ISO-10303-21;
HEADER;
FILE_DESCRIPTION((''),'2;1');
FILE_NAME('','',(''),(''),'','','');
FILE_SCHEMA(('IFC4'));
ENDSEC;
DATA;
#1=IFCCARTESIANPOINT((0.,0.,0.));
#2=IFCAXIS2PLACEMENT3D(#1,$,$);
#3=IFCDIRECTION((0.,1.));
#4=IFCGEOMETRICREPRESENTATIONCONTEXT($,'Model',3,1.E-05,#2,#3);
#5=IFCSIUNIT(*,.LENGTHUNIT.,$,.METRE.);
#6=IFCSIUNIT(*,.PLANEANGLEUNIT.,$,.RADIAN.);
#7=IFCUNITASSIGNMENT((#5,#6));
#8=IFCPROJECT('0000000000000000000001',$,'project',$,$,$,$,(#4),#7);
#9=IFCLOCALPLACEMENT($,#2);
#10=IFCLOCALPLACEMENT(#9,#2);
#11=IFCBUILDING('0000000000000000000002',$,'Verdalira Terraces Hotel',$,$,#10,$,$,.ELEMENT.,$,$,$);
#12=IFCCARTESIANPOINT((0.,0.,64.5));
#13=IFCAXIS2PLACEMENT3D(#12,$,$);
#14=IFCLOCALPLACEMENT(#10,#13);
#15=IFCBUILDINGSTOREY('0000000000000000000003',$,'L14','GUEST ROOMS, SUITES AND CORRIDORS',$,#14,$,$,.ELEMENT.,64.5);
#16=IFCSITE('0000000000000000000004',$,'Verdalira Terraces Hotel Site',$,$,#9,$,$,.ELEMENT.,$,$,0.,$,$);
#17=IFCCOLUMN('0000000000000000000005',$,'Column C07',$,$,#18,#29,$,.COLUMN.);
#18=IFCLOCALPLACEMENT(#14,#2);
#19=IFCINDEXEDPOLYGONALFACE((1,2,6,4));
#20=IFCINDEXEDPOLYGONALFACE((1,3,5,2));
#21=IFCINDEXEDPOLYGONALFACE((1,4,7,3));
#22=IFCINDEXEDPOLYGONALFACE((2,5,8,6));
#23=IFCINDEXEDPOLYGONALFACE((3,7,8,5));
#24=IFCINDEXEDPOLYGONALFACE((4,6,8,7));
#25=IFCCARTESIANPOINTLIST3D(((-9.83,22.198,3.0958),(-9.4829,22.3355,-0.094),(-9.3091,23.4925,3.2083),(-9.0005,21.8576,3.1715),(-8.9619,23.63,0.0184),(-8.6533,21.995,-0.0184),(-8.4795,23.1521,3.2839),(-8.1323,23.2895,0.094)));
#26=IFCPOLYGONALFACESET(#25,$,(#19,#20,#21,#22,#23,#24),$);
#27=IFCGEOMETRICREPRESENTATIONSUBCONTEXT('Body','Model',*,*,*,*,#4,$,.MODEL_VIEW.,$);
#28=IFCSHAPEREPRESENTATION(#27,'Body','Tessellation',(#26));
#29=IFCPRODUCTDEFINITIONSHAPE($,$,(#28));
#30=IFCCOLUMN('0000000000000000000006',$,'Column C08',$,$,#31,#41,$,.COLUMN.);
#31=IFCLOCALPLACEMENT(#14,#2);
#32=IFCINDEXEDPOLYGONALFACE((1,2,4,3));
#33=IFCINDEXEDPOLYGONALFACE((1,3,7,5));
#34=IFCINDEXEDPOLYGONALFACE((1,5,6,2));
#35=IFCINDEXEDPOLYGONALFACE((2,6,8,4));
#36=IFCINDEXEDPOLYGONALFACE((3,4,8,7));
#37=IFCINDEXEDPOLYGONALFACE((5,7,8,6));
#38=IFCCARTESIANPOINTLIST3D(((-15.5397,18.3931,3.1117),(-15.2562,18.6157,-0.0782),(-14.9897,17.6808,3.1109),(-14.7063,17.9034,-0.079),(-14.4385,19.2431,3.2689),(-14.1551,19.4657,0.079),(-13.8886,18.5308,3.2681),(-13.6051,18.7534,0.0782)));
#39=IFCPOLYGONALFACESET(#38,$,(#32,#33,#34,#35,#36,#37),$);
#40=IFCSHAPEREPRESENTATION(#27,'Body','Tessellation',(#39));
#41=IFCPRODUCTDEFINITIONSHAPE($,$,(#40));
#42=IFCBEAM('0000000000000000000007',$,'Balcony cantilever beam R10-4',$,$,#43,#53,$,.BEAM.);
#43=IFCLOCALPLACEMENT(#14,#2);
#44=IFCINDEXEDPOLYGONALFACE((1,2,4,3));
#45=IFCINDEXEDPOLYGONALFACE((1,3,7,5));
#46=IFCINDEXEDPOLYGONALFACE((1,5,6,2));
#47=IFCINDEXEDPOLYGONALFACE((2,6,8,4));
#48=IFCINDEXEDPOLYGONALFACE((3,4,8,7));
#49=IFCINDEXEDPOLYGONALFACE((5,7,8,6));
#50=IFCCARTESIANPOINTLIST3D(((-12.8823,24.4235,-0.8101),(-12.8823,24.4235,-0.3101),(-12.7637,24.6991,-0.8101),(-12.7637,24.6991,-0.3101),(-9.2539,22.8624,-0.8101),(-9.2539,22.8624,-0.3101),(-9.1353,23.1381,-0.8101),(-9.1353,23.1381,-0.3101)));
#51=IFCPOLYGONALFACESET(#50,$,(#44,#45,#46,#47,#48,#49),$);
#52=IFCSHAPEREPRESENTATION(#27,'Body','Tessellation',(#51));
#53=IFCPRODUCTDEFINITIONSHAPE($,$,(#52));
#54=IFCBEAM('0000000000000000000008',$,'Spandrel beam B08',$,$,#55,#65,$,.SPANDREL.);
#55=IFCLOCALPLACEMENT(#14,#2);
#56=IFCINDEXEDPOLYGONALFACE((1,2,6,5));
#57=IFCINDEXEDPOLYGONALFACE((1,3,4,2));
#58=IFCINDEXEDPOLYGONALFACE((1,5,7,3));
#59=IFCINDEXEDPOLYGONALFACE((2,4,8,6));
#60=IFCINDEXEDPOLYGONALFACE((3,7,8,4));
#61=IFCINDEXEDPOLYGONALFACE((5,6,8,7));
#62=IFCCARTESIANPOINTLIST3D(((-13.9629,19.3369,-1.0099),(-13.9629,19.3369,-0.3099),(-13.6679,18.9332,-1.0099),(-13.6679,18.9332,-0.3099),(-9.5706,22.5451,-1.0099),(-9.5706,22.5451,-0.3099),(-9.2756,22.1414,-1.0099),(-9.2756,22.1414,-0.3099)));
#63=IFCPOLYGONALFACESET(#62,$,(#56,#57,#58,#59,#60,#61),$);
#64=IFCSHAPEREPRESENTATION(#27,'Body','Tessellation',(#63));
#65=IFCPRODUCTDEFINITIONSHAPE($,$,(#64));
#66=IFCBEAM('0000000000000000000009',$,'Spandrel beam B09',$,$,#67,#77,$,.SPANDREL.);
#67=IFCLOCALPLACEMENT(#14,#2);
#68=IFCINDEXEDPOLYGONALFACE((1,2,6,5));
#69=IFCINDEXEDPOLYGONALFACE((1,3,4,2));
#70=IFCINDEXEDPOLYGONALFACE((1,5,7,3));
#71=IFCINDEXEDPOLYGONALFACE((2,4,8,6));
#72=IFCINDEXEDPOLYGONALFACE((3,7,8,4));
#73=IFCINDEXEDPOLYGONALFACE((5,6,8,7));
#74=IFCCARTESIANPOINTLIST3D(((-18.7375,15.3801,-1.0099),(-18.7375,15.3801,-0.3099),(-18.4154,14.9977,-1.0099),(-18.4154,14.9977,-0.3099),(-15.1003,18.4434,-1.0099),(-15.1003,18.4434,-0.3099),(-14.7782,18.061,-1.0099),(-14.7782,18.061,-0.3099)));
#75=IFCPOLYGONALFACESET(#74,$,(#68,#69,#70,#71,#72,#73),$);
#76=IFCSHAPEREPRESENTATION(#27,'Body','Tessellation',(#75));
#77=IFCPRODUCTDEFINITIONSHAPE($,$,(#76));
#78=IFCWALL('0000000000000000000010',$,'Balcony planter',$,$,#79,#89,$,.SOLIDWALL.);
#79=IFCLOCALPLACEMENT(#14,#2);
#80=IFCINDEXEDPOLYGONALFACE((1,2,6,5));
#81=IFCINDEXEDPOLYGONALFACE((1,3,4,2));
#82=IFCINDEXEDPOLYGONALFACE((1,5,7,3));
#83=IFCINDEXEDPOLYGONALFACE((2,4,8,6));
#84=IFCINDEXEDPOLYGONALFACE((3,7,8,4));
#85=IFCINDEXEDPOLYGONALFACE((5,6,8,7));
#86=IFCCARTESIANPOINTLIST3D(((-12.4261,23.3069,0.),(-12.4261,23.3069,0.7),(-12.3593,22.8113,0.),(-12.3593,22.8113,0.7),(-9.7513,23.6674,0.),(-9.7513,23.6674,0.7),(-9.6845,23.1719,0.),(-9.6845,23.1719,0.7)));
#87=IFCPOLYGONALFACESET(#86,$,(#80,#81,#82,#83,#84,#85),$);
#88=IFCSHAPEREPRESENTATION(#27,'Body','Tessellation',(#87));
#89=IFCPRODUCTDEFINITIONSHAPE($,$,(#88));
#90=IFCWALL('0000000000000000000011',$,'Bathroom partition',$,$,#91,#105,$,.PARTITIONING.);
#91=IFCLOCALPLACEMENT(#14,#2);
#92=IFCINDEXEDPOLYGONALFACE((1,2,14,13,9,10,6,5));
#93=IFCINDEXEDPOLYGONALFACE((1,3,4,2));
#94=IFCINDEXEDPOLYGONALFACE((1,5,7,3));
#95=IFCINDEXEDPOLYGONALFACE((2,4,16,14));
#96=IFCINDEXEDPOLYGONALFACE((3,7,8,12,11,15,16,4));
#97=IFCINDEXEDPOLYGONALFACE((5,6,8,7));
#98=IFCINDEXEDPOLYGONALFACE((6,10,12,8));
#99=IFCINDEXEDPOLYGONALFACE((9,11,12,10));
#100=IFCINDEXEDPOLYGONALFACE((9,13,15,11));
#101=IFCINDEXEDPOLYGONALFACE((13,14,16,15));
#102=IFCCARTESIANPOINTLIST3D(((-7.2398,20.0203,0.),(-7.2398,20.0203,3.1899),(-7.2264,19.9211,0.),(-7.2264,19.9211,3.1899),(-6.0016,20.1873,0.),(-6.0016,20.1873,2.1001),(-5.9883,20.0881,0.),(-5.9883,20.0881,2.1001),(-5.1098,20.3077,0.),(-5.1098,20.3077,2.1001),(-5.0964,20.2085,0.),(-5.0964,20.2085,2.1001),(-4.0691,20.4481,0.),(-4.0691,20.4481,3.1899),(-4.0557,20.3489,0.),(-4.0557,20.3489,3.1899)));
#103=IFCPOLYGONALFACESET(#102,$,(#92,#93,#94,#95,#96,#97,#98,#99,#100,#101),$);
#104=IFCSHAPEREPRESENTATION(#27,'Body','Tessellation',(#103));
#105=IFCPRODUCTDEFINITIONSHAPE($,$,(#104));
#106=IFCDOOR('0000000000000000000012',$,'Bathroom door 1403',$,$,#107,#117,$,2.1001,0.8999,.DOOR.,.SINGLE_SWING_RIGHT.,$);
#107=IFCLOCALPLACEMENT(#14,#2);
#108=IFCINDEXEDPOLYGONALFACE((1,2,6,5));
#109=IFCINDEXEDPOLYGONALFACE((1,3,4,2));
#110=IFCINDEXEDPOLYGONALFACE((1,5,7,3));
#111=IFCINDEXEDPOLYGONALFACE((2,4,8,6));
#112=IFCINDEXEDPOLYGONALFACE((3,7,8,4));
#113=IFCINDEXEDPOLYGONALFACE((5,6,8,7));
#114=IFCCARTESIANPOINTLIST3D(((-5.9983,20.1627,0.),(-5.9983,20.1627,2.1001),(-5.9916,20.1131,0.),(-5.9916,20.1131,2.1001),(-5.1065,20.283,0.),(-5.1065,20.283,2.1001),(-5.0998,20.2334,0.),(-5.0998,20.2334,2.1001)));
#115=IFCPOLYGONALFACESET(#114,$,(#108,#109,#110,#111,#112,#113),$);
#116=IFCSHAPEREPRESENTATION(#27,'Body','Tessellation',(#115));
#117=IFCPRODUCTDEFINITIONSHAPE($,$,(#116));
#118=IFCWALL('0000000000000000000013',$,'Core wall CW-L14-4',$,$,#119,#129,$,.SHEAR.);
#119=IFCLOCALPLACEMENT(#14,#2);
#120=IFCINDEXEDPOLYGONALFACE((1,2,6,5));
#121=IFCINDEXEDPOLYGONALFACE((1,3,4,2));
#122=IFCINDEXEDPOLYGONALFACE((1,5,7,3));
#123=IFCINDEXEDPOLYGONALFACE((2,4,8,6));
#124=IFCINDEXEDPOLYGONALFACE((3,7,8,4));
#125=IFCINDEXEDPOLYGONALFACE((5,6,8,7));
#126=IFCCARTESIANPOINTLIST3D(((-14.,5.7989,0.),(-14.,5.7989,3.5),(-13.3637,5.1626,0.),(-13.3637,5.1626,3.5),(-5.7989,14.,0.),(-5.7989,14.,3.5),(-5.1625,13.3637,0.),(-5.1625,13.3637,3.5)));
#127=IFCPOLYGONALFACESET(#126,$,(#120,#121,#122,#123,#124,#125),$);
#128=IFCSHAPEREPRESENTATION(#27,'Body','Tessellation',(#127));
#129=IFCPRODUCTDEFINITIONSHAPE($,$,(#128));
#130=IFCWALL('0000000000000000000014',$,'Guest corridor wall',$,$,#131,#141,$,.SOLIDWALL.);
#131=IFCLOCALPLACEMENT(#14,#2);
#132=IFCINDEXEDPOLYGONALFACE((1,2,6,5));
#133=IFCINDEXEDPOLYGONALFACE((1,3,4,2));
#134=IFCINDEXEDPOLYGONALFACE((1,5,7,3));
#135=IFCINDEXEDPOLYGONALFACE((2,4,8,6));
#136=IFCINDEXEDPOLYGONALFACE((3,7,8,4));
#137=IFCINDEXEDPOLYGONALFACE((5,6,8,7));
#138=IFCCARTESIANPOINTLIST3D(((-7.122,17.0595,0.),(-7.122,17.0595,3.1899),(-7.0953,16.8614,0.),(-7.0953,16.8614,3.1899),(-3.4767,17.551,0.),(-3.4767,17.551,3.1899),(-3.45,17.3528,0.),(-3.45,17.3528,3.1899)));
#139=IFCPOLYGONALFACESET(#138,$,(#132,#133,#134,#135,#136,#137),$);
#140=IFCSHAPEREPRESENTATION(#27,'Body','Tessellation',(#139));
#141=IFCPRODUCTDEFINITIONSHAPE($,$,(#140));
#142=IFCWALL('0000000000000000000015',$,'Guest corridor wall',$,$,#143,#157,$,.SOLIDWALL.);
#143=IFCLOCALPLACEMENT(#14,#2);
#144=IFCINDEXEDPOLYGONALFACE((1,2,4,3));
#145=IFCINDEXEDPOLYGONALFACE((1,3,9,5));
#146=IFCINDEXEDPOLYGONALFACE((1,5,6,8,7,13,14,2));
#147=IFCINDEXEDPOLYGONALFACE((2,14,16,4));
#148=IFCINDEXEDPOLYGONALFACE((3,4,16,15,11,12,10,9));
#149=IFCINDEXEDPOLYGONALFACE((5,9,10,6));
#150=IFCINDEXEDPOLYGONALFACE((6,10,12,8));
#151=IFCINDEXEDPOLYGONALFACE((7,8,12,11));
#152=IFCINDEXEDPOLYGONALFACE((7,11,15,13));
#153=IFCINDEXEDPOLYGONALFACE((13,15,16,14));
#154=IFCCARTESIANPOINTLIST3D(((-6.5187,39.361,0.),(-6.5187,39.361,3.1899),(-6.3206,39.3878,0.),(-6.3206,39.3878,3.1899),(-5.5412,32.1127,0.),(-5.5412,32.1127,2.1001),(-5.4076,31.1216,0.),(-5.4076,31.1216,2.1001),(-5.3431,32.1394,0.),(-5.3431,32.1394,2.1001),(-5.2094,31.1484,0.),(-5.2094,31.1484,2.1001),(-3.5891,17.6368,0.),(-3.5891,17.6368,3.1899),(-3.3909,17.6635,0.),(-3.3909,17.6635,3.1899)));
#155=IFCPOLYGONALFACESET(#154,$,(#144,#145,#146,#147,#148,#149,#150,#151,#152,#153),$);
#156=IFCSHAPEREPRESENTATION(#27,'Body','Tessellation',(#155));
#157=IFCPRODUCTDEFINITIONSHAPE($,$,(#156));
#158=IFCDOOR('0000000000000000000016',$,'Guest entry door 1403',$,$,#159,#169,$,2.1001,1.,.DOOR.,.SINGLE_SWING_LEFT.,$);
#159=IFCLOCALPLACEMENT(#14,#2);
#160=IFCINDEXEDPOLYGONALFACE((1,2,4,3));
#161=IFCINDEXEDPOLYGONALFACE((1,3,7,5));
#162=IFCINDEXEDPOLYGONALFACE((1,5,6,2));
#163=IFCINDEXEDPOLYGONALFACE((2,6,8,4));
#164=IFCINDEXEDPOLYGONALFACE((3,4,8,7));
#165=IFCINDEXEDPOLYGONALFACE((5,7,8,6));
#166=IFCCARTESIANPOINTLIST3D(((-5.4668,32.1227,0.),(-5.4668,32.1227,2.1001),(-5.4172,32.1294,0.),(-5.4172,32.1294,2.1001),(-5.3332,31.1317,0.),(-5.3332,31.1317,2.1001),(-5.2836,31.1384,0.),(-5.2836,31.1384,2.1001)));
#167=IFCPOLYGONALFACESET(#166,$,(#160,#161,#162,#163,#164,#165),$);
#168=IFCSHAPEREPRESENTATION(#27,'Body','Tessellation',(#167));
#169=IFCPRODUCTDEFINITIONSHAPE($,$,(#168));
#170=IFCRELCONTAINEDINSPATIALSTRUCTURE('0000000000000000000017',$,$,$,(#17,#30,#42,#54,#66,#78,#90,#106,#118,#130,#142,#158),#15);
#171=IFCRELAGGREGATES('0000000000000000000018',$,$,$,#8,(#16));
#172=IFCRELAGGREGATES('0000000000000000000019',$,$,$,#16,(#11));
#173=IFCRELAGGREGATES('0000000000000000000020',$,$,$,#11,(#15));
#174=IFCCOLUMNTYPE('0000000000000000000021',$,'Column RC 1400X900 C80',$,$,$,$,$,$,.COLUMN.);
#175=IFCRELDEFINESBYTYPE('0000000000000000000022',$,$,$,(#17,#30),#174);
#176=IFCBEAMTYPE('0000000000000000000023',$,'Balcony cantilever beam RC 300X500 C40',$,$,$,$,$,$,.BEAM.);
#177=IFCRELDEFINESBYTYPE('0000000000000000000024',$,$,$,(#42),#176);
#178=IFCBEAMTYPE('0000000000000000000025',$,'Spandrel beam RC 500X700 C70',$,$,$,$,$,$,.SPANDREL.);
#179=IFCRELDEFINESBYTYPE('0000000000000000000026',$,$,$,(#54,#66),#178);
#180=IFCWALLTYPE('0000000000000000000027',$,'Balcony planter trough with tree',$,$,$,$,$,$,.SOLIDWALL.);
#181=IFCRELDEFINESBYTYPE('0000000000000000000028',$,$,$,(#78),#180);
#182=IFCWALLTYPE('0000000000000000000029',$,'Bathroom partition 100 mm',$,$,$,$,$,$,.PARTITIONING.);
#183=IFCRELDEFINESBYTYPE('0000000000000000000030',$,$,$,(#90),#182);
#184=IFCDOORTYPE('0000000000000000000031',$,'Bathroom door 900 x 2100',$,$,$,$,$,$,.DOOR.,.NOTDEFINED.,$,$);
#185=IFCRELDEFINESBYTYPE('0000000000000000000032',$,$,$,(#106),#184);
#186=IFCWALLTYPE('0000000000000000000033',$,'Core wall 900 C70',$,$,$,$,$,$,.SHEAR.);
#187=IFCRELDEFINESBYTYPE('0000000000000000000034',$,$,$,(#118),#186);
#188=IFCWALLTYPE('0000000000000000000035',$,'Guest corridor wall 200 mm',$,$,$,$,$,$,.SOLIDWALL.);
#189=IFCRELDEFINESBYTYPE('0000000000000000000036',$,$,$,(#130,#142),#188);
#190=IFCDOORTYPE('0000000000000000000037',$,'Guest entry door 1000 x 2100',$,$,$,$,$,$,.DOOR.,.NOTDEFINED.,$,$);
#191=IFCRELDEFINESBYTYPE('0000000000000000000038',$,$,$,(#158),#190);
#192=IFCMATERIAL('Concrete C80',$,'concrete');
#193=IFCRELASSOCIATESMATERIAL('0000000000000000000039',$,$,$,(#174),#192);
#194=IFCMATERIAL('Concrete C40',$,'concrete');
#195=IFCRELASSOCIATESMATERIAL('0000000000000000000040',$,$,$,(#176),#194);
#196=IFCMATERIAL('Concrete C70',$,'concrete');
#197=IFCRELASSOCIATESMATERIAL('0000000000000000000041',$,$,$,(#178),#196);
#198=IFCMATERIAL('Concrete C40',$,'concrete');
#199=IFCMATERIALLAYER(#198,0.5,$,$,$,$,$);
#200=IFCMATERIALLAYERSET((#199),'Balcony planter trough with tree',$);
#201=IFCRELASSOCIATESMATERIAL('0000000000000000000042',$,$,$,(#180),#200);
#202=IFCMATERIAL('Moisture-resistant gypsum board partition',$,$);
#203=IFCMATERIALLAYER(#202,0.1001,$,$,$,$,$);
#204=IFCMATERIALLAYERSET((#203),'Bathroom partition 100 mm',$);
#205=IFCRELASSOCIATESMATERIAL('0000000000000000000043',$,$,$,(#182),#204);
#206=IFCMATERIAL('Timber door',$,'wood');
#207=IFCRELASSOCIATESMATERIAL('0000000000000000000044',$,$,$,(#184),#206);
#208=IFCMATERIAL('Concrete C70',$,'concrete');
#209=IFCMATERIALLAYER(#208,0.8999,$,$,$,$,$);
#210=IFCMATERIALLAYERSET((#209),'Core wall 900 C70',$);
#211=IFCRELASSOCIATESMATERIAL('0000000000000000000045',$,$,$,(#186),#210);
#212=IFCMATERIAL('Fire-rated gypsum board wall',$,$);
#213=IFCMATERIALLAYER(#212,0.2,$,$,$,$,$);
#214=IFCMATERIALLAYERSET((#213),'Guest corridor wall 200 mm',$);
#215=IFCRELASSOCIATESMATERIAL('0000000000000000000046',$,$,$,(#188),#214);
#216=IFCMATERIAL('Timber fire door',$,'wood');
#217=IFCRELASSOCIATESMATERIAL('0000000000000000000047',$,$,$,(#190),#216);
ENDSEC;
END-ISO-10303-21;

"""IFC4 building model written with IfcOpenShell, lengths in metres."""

from ifc_helpers import new_model, si_unit, direction, frame, frame_2d, origin, origin_2d, place, context, subcontext, project, spatial, rectangle, extrude, material, layer, layer_set, material_profile, profile_set, type_object, element, fill, save


model = new_model("IFC4")

# Units and contexts
model_context = context("Model", 3, precision=1e-05, world=origin(), true_north=direction((0.0, 1.0)))
body_context = subcontext(model_context, "Body", "Model", "MODEL_VIEW")
ifc_project = project(units=[si_unit("LENGTHUNIT", "METRE"), si_unit("PLANEANGLEUNIT", "RADIAN")], contexts=[model_context])

# Site, building, storey
site_placement = place(None, origin())
site = spatial("IfcSite", under=ifc_project, at=site_placement, Name="Verdalira Terraces Hotel Site", CompositionType="ELEMENT", RefElevation=0.0)
building_placement = place(site_placement, origin())
building = spatial("IfcBuilding", under=site, at=building_placement, Name="Verdalira Terraces Hotel", CompositionType="ELEMENT")
storey_placement = place(building_placement, frame((0.0, 0.0, 64.5)))
storey = spatial("IfcBuildingStorey", under=building, at=storey_placement, Name="L14", Description="GUEST ROOMS, SUITES AND CORRIDORS", CompositionType="ELEMENT", Elevation=64.5)

# Columns
ifc_material_1 = material(Name="Concrete C80", Category="concrete")
ifc_material_profile_1 = material_profile(ifc_material_1, rectangle(XDim=1.3999, YDim=0.8999, at=origin_2d()), Name="RC 1400X900")
ifc_profile_set_1 = profile_set([ifc_material_profile_1], Name="Concrete C80")
column_type = type_object("IfcColumnType", Name="Column RC 1400X900 C80", PredefinedType="COLUMN", material=ifc_profile_set_1)
column_1_placement = place(storey_placement, frame((-8.8076, 22.8125, 0.0), z_axis=(-0.108094, -0.042797, 0.993219), x_axis=(0.372136, 0.924694, 0.080344)))
element("IfcColumn", 1, at=column_1_placement, inside=storey, type_object=column_type, Name="Column C07", PredefinedType="COLUMN", context=body_context, shape_type="SweptSolid", body=[
    extrude(rectangle(XDim=1.3999, YDim=0.8999, at=origin_2d()), origin(), (0.0, 0.0, 1.0), 3.2117),
])
column_2_placement = place(storey_placement, frame((-14.4307, 18.6846, 0.0), z_axis=(-0.088295, -0.069358, 0.993677), x_axis=(-0.786597, -0.607173, -0.112275)))
element("IfcColumn", 2, at=column_2_placement, inside=storey, type_object=column_type, Name="Column C08", PredefinedType="COLUMN", context=body_context, shape_type="SweptSolid", body=[
    extrude(rectangle(XDim=1.3999, YDim=0.8999, at=origin_2d()), origin(), (0.0, 0.0, 1.0), 3.2102),
])

# Beams
ifc_material_2 = material(Name="Concrete C40", Category="concrete")
ifc_material_profile_2 = material_profile(ifc_material_2, rectangle(XDim=0.3, YDim=0.5, at=origin_2d()), Name="RC 300X500")
ifc_profile_set_2 = profile_set([ifc_material_profile_2], Name="Concrete C40")
beam_type_1 = type_object("IfcBeamType", Name="Balcony cantilever beam RC 300X500 C40", PredefinedType="BEAM", material=ifc_profile_set_2)
beam_1_placement = place(storey_placement, frame((-9.1946, 23.0002, -0.5601), z_axis=(-0.918594, 0.395202, 0.0), x_axis=(-0.395202, -0.918594, 0.0)))
element("IfcBeam", 3, at=beam_1_placement, inside=storey, type_object=beam_type_1, Name="Balcony cantilever beam R10-4", PredefinedType="BEAM", context=body_context, shape_type="SweptSolid", body=[
    extrude(rectangle(XDim=0.3, YDim=0.5, at=origin_2d()), origin(), (0.0, 0.0, 1.0), 3.95),
])
ifc_material_3 = material(Name="Concrete C70", Category="concrete")
ifc_material_profile_3 = material_profile(ifc_material_3, rectangle(XDim=0.5, YDim=0.7, at=origin_2d()), Name="RC 500X700")
ifc_profile_set_3 = profile_set([ifc_material_profile_3], Name="Concrete C70")
beam_type_2 = type_object("IfcBeamType", Name="Spandrel beam RC 500X700 C70", PredefinedType="SPANDREL", material=ifc_profile_set_3)
beam_2_placement = place(storey_placement, frame((-9.4231, 22.3433, -0.6599), z_axis=(-0.807525, -0.589833, 0.0), x_axis=(0.589833, -0.807525, 0.0)))
element("IfcBeam", 4, at=beam_2_placement, inside=storey, type_object=beam_type_2, Name="Spandrel beam B08", PredefinedType="SPANDREL", context=body_context, shape_type="SweptSolid", body=[
    extrude(rectangle(XDim=0.5, YDim=0.7, at=origin_2d()), origin(), (0.0, 0.0, 1.0), 5.4392),
])
beam_3_placement = place(storey_placement, frame((-14.9392, 18.2522, -0.6599), z_axis=(-0.764878, -0.644175, 0.0), x_axis=(0.644175, -0.764878, 0.0)))
element("IfcBeam", 5, at=beam_3_placement, inside=storey, type_object=beam_type_2, Name="Spandrel beam B09", PredefinedType="SPANDREL", context=body_context, shape_type="SweptSolid", body=[
    extrude(rectangle(XDim=0.5, YDim=0.7, at=origin_2d()), origin(), (0.0, 0.0, 1.0), 4.7554),
])

# Wall
ifc_material_4 = material(Name="Concrete C40", Category="concrete")
ifc_layer_1 = layer(ifc_material_4, 0.5)
ifc_layer_set_1 = layer_set([ifc_layer_1], Name="Balcony planter trough with tree")
wall_type_1 = type_object("IfcWallType", Name="Balcony planter trough with tree", PredefinedType="SOLIDWALL", material=ifc_layer_set_1)
wall_1_placement = place(storey_placement, frame((-12.3928, 23.0591, 0.0), z_axis=(0.0, 0.0, 1.0), x_axis=(0.991035, 0.133603, 0.0)))
element("IfcWall", 6, at=wall_1_placement, inside=storey, type_object=wall_type_1, Name="Balcony planter", PredefinedType="SOLIDWALL", context=body_context, shape_type="SweptSolid", body=[
    extrude(rectangle(XDim=2.699, YDim=0.5, at=frame_2d((1.3496, 0.0))), origin(), (0.0, 0.0, 1.0), 0.7),
])

# Wall, opening, door
ifc_material_5 = material(Name="Moisture-resistant gypsum board partition")
ifc_layer_2 = layer(ifc_material_5, 0.1001)
ifc_layer_set_2 = layer_set([ifc_layer_2], Name="Bathroom partition 100 mm")
wall_type_2 = type_object("IfcWallType", Name="Bathroom partition 100 mm", PredefinedType="PARTITIONING", material=ifc_layer_set_2)
wall_2_placement = place(storey_placement, frame((-4.0625, 20.3984, 0.0), z_axis=(0.0, 0.0, 1.0), x_axis=(-0.991023, -0.133693, 0.0)))
wall_2 = element("IfcWall", 7, at=wall_2_placement, inside=storey, type_object=wall_type_2, Name="Bathroom partition", PredefinedType="PARTITIONING", context=body_context, shape_type="SweptSolid", body=[
    extrude(rectangle(XDim=3.1995, YDim=0.1001, at=frame_2d((1.5996, 0.0))), origin(), (0.0, 0.0, 1.0), 3.1899),
])
opening_1_placement = place(wall_2_placement, frame((1.05, 0.0, 0.0)))
opening_1 = element("IfcOpeningElement", 8, at=opening_1_placement, cuts=wall_2, PredefinedType="OPENING", context=body_context, shape_type="SweptSolid", body=[
    extrude(rectangle(XDim=0.8999, YDim=2.1001, at=frame_2d((0.45, 1.05))), frame((0.0, 0.0601, 0.0), z_axis=(0.0, -1.0, 0.0), x_axis=(1.0, 0.0, 0.0)), (0.0, 0.0, 1.0), 0.1201),
])
ifc_material_6 = material(Name="Timber door", Category="wood")
door_type_1 = type_object("IfcDoorType", Name="Bathroom door 900 x 2100", OperationType="NOTDEFINED", PredefinedType="DOOR", material=ifc_material_6)
door_1_placement = place(opening_1_placement, origin())
door_1 = element("IfcDoor", 9, at=door_1_placement, inside=storey, type_object=door_type_1, Name="Bathroom door 1403", OperationType="SINGLE_SWING_RIGHT", OverallHeight=2.1001, OverallWidth=0.8999, PredefinedType="DOOR", context=body_context, shape_type="SweptSolid", body=[
    extrude(rectangle(XDim=0.8999, YDim=2.1001, at=frame_2d((0.45, 1.05))), frame((0.0, 0.0249, 0.0), z_axis=(0.0, -1.0, 0.0), x_axis=(1.0, 0.0, 0.0)), (0.0, 0.0, 1.0), 0.05),
])
fill(opening_1, door_1)

# Walls
ifc_material_7 = material(Name="Concrete C70", Category="concrete")
ifc_layer_3 = layer(ifc_material_7, 0.8999)
ifc_layer_set_3 = layer_set([ifc_layer_3], Name="Core wall 900 C70")
wall_type_3 = type_object("IfcWallType", Name="Core wall 900 C70", PredefinedType="SHEAR", material=ifc_layer_set_3)
wall_3_placement = place(storey_placement, frame((-5.4807, 13.6819, 0.0), z_axis=(0.0, 0.0, 1.0), x_axis=(-0.707107, -0.707107, 0.0)))
element("IfcWall", 10, at=wall_3_placement, inside=storey, type_object=wall_type_3, Name="Core wall CW-L14-4", PredefinedType="SHEAR", context=body_context, shape_type="SweptSolid", body=[
    extrude(rectangle(XDim=11.5981, YDim=0.8999, at=frame_2d((5.7991, 0.0))), origin(), (0.0, 0.0, 1.0), 3.5),
])
ifc_material_8 = material(Name="Fire-rated gypsum board wall")
ifc_layer_4 = layer(ifc_material_8, 0.2)
ifc_layer_set_4 = layer_set([ifc_layer_4], Name="Guest corridor wall 200 mm")
wall_type_4 = type_object("IfcWallType", Name="Guest corridor wall 200 mm", PredefinedType="SOLIDWALL", material=ifc_layer_set_4)
wall_4_placement = place(storey_placement, frame((-3.4634, 17.4519, 0.0), z_axis=(0.0, 0.0, 1.0), x_axis=(-0.991034, -0.133611, 0.0)))
element("IfcWall", 11, at=wall_4_placement, inside=storey, type_object=wall_type_4, Name="Guest corridor wall", PredefinedType="SOLIDWALL", context=body_context, shape_type="SweptSolid", body=[
    extrude(rectangle(XDim=3.6782, YDim=0.2, at=frame_2d((1.8391, 0.0))), origin(), (0.0, 0.0, 1.0), 3.1899),
])

# Wall, opening, door
wall_5_placement = place(storey_placement, frame((-3.49, 17.6501, 0.0), z_axis=(0.0, 0.0, 1.0), x_axis=(-0.133647, 0.991029, 0.0)))
wall_5 = element("IfcWall", 12, at=wall_5_placement, inside=storey, type_object=wall_type_4, Name="Guest corridor wall", PredefinedType="SOLIDWALL", context=body_context, shape_type="SweptSolid", body=[
    extrude(rectangle(XDim=21.9209, YDim=0.2, at=frame_2d((10.9604, 0.0))), origin(), (0.0, 0.0, 1.0), 3.1899),
])
opening_2_placement = place(wall_5_placement, frame((13.6069, 0.0, 0.0)))
opening_2 = element("IfcOpeningElement", 13, at=opening_2_placement, cuts=wall_5, PredefinedType="OPENING", context=body_context, shape_type="SweptSolid", body=[
    extrude(rectangle(XDim=1.0, YDim=2.1001, at=frame_2d((0.5, 1.05))), frame((0.0, 0.1099, 0.0), z_axis=(0.0, -1.0, 0.0), x_axis=(1.0, 0.0, 0.0)), (0.0, 0.0, 1.0), 0.22),
])
ifc_material_9 = material(Name="Timber fire door", Category="wood")
door_type_2 = type_object("IfcDoorType", Name="Guest entry door 1000 x 2100", OperationType="NOTDEFINED", PredefinedType="DOOR", material=ifc_material_9)
door_2_placement = place(opening_2_placement, origin())
door_2 = element("IfcDoor", 14, at=door_2_placement, inside=storey, type_object=door_type_2, Name="Guest entry door 1403", OperationType="SINGLE_SWING_LEFT", OverallHeight=2.1001, OverallWidth=1.0, PredefinedType="DOOR", context=body_context, shape_type="SweptSolid", body=[
    extrude(rectangle(XDim=1.0, YDim=2.1001, at=frame_2d((0.5, 1.05))), frame((0.0, 0.0249, 0.0), z_axis=(0.0, -1.0, 0.0), x_axis=(1.0, 0.0, 0.0)), (0.0, 0.0, 1.0), 0.05),
])
fill(opening_2, door_2)

save(model, "model.ifc")
